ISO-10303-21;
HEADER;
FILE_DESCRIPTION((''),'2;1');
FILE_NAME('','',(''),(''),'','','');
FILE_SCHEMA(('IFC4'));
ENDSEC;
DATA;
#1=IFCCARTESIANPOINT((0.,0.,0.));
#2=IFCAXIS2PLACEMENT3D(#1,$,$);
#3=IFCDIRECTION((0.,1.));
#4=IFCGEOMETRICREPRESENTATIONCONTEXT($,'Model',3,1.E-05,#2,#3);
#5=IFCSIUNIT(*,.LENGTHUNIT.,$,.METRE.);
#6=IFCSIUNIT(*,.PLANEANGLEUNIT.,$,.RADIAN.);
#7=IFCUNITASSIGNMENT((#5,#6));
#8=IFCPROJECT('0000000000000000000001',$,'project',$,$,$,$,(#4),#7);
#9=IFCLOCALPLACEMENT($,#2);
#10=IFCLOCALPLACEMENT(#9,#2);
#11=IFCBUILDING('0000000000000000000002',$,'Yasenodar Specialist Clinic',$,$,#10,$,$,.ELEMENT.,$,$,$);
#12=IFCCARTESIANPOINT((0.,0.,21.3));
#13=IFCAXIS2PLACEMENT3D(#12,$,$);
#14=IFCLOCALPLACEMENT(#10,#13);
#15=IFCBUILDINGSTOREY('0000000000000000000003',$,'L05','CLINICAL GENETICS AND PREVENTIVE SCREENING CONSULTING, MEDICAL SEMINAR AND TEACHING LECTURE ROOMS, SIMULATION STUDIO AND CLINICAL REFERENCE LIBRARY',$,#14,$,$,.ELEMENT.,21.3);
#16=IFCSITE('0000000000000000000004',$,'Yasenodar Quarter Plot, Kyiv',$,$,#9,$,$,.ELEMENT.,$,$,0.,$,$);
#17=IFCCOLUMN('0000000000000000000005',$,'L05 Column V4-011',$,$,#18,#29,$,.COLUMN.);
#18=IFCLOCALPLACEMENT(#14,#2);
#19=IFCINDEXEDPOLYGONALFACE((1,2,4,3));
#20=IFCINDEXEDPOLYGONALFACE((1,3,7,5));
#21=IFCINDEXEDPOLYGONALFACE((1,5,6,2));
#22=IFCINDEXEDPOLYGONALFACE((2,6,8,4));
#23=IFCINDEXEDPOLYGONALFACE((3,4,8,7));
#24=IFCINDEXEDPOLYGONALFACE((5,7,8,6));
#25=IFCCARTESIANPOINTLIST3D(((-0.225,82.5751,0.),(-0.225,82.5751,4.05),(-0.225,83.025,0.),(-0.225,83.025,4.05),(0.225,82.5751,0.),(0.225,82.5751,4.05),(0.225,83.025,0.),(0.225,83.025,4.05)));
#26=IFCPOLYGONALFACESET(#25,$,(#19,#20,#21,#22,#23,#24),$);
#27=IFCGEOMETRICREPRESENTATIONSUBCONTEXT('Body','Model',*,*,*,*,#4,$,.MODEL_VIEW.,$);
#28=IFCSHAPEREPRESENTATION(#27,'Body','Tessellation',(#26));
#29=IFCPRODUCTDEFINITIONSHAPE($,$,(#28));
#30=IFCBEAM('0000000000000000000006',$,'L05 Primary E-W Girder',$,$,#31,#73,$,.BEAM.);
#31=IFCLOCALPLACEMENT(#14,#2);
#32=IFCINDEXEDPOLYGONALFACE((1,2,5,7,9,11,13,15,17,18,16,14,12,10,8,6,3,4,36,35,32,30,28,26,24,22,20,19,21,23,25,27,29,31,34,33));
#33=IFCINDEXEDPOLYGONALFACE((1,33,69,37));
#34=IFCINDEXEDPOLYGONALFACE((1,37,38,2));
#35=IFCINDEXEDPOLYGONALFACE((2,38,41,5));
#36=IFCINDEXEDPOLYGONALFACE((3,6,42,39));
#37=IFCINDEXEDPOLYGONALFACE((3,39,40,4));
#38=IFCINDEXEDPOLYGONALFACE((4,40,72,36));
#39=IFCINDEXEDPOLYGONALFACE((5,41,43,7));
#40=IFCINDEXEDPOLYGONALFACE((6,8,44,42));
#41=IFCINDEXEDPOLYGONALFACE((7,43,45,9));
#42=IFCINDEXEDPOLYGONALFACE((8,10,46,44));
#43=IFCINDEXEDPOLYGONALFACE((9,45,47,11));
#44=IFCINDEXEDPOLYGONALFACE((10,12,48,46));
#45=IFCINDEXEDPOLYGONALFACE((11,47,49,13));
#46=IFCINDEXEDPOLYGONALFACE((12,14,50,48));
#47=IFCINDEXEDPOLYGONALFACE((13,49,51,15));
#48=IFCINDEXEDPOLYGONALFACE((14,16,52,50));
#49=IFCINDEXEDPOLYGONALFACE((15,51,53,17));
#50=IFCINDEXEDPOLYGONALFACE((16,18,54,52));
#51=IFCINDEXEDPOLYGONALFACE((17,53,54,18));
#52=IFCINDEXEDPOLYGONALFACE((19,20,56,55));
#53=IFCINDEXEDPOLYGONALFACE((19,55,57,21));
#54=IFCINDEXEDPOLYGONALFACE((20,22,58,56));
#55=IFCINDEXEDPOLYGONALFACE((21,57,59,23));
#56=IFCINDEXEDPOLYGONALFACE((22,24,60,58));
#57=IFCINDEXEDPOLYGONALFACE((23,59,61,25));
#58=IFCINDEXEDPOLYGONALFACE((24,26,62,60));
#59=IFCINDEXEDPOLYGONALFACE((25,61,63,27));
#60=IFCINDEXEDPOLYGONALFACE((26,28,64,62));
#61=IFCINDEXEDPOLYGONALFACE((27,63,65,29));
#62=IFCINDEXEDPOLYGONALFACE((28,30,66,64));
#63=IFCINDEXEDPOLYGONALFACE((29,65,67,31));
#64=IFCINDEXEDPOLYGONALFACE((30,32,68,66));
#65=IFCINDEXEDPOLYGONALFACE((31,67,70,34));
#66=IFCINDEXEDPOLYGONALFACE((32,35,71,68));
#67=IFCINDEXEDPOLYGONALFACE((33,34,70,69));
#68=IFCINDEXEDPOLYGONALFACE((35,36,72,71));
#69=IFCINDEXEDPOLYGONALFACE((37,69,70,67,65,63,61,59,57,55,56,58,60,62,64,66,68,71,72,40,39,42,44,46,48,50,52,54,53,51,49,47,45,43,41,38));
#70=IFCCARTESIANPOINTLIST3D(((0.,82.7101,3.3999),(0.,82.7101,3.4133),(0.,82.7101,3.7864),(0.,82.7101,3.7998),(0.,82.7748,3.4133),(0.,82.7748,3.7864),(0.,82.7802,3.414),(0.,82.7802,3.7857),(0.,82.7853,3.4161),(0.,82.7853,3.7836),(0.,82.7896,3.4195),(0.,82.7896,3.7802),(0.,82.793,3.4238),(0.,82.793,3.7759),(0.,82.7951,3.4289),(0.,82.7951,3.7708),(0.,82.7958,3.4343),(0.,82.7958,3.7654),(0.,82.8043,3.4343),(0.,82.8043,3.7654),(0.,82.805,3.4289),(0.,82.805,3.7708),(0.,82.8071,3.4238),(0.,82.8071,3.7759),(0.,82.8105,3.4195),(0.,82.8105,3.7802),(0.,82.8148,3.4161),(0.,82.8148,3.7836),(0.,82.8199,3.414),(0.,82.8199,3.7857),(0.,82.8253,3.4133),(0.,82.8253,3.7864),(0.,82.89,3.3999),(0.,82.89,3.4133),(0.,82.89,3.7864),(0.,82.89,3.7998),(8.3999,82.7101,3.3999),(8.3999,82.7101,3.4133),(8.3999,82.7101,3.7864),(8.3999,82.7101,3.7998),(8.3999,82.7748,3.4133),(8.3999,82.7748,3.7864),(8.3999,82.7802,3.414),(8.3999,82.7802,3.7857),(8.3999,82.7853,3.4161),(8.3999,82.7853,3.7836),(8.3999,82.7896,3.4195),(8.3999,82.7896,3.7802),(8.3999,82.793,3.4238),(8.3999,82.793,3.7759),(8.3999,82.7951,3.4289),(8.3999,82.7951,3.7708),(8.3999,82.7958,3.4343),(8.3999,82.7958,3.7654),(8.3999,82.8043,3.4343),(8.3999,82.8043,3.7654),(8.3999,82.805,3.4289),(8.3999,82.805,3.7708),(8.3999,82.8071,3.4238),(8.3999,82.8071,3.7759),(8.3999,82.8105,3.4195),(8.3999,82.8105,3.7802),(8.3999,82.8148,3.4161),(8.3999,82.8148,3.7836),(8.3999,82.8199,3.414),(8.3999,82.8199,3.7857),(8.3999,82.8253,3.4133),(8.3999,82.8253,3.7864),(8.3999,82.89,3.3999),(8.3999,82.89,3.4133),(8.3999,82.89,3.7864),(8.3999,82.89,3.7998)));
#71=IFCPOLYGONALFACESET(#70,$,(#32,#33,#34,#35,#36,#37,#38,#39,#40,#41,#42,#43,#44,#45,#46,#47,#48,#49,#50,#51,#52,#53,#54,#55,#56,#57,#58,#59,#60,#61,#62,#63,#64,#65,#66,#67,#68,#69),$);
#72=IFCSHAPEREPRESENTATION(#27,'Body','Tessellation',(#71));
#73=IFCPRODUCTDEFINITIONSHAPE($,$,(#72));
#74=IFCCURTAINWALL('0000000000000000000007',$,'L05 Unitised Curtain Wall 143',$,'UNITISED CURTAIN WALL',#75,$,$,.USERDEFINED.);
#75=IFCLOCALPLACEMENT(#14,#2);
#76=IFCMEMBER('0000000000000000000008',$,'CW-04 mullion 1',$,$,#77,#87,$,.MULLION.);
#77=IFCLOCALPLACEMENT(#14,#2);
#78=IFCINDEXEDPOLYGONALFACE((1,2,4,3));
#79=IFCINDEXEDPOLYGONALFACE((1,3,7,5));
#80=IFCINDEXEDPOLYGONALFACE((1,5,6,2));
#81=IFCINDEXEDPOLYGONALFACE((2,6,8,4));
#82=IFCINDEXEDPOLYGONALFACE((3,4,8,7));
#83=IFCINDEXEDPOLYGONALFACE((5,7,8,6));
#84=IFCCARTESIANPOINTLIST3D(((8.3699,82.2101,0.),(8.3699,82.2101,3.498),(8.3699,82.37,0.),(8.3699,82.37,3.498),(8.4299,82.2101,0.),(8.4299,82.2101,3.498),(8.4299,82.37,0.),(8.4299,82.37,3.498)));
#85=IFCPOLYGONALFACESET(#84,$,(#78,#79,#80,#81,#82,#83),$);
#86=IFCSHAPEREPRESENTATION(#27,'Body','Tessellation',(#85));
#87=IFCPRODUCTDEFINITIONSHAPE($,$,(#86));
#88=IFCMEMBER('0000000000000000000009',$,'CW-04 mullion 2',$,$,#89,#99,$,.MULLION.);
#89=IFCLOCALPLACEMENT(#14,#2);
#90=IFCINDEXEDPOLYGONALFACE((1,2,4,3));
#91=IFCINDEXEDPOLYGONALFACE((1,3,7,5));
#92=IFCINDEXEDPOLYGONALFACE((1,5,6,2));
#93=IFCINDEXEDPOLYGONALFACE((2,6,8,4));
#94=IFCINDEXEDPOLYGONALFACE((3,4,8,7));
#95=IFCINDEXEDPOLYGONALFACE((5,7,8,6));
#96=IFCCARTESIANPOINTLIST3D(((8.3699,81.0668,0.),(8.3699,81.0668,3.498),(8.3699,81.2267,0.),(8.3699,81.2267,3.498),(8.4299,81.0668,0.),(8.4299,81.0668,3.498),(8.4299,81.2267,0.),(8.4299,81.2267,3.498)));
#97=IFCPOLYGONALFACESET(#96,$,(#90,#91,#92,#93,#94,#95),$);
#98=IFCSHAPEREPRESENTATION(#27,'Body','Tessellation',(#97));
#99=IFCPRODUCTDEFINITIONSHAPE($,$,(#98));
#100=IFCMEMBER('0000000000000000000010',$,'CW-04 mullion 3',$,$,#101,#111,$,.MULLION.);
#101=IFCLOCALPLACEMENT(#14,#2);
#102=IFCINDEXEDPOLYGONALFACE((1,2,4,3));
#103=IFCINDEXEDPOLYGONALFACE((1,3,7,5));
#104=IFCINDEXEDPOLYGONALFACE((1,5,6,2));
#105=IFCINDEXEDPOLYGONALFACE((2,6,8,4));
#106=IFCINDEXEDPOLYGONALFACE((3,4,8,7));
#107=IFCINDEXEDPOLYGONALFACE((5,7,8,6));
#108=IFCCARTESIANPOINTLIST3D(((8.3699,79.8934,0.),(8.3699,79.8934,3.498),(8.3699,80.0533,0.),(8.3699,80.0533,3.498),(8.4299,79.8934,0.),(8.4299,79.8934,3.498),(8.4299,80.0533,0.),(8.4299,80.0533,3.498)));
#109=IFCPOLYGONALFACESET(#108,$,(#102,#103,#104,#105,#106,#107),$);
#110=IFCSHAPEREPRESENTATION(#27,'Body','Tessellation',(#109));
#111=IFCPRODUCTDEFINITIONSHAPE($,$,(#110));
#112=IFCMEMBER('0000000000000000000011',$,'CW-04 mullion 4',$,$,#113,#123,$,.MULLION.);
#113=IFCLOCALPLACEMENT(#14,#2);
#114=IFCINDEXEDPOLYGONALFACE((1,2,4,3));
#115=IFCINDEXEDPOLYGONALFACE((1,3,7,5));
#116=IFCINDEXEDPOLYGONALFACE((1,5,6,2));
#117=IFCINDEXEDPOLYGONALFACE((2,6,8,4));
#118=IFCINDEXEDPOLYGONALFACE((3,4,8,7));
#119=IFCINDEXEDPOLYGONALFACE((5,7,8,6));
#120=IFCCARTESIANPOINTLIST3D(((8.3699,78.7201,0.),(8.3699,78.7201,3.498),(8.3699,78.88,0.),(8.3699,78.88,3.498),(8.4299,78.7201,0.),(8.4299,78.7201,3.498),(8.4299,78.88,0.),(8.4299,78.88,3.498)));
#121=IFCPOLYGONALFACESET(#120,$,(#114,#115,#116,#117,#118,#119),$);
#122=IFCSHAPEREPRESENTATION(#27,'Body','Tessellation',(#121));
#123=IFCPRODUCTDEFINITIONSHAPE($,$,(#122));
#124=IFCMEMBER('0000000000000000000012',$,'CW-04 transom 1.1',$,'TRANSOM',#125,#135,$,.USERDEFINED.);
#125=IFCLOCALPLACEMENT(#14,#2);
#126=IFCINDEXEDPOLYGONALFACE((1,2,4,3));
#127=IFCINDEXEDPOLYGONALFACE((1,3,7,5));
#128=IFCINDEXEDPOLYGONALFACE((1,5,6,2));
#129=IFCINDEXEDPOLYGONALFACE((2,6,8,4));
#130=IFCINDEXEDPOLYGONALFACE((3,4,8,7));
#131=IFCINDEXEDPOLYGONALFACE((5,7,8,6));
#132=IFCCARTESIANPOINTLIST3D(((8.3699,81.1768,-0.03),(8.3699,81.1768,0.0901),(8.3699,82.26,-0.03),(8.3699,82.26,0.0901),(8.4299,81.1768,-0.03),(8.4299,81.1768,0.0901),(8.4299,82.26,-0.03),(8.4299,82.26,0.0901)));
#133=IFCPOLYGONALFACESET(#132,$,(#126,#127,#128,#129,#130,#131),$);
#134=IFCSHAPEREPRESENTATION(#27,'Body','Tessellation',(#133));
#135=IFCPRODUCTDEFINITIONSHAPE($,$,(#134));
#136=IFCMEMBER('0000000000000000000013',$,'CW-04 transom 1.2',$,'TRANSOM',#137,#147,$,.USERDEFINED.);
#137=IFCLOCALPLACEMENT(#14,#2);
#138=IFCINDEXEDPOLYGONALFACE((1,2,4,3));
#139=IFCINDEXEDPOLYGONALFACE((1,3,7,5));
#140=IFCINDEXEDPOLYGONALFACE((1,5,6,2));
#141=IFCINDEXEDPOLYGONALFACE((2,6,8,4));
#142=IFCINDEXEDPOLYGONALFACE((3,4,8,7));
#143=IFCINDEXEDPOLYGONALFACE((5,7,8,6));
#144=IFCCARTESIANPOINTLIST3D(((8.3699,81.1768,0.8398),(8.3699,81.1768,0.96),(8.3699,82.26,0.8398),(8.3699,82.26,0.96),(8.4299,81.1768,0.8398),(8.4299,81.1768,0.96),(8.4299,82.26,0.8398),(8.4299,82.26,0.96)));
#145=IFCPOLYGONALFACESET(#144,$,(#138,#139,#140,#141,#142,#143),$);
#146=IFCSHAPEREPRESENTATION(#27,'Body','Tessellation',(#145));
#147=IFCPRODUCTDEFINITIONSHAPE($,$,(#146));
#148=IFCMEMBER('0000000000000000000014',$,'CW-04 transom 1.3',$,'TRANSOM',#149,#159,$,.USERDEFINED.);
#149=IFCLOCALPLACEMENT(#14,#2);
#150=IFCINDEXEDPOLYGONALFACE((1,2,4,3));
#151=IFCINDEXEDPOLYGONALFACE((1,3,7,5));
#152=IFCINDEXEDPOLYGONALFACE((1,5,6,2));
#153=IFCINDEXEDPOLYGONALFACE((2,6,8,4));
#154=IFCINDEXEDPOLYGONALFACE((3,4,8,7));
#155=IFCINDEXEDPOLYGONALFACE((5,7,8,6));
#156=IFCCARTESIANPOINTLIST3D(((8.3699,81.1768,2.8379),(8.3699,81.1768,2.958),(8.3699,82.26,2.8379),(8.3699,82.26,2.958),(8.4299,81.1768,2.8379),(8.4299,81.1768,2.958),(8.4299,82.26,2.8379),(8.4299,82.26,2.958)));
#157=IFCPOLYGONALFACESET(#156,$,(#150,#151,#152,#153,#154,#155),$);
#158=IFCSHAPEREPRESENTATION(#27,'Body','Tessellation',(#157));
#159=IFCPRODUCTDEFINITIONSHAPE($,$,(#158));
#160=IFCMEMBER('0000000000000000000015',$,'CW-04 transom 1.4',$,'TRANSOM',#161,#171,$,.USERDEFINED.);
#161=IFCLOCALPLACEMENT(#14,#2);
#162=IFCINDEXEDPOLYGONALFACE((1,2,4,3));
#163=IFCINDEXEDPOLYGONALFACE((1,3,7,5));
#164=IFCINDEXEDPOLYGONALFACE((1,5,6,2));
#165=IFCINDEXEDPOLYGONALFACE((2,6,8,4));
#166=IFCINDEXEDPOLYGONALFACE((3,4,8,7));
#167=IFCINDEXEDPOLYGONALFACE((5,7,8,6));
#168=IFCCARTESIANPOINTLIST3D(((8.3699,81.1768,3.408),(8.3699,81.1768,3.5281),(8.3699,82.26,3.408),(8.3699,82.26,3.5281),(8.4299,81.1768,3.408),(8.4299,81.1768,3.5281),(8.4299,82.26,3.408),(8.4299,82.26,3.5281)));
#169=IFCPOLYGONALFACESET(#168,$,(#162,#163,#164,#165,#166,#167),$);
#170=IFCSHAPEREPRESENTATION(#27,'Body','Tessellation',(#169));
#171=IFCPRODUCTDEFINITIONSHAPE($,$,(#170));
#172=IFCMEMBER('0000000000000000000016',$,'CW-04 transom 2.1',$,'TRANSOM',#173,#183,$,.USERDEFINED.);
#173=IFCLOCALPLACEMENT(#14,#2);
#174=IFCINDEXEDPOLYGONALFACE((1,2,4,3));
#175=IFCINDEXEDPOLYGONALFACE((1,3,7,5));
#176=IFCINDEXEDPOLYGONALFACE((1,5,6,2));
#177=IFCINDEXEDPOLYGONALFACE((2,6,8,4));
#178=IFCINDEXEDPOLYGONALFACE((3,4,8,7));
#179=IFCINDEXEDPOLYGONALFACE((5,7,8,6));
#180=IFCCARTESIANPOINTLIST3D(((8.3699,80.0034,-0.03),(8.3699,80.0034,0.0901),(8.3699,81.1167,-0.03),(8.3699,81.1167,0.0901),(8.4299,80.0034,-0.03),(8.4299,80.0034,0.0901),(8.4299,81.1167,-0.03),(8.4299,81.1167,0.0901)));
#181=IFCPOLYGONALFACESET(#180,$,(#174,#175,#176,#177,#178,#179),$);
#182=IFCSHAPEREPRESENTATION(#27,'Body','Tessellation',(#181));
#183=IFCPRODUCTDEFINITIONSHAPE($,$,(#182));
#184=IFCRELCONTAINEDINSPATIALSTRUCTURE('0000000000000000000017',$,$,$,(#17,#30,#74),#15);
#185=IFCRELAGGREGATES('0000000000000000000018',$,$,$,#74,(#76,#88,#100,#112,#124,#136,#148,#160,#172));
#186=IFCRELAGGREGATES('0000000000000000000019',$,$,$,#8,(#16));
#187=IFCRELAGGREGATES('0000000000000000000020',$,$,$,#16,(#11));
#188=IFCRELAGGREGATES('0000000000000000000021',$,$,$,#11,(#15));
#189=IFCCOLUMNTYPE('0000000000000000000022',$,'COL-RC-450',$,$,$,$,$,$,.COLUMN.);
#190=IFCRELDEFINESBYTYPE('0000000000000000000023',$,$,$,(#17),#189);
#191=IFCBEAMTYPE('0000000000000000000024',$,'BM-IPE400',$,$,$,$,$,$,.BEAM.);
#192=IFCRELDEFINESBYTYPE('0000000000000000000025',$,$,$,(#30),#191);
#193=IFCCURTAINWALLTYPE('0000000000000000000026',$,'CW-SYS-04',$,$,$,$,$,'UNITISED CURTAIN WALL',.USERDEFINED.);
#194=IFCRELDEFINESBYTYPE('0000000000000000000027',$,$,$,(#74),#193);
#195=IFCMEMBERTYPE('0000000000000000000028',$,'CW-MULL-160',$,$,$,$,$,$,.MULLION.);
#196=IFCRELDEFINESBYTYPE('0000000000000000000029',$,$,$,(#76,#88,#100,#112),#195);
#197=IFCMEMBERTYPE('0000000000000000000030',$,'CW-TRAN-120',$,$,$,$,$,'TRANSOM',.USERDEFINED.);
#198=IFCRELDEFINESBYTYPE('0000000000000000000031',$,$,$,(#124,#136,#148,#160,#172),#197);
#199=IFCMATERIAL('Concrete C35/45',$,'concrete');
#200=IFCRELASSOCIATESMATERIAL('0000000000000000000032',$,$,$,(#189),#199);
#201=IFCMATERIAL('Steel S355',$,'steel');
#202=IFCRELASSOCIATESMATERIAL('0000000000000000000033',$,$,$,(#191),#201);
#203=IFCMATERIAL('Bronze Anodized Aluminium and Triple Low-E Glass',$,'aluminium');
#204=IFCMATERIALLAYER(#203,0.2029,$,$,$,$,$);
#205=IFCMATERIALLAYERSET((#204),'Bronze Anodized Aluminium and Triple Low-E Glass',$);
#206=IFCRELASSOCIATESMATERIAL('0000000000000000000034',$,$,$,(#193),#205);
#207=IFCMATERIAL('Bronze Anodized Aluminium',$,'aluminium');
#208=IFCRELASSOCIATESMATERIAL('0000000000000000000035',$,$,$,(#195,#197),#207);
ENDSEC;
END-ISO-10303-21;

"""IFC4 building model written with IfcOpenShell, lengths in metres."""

from ifc_helpers import new_model, si_unit, direction, frame, origin, origin_2d, place, context, subcontext, project, spatial, rectangle, i_section, extrude, material, layer, layer_set, material_profile, profile_set, type_object, element, aggregate, save


model = new_model("IFC4")

# Units and contexts
model_context = context("Model", 3, precision=1e-05, world=origin(), true_north=direction((0.0, 1.0)))
body_context = subcontext(model_context, "Body", "Model", "MODEL_VIEW")
ifc_project = project(units=[si_unit("LENGTHUNIT", "METRE"), si_unit("PLANEANGLEUNIT", "RADIAN")], contexts=[model_context])

# Site, building, storey
site_placement = place(None, origin())
site = spatial("IfcSite", under=ifc_project, at=site_placement, Name="Yasenodar Quarter Plot, Kyiv", CompositionType="ELEMENT", RefElevation=0.0)
building_placement = place(site_placement, origin())
building = spatial("IfcBuilding", under=site, at=building_placement, Name="Yasenodar Specialist Clinic", CompositionType="ELEMENT")
storey_placement = place(building_placement, frame((0.0, 0.0, 21.3)))
storey = spatial("IfcBuildingStorey", under=building, at=storey_placement, Name="L05", Description="CLINICAL GENETICS AND PREVENTIVE SCREENING CONSULTING, MEDICAL SEMINAR AND TEACHING LECTURE ROOMS, SIMULATION STUDIO AND CLINICAL REFERENCE LIBRARY", CompositionType="ELEMENT", Elevation=21.3)

# Column
ifc_material_1 = material(Name="Concrete C35/45", Category="concrete")
ifc_material_profile_1 = material_profile(ifc_material_1, rectangle(XDim=0.45, YDim=0.45, at=origin_2d()), Name="RC 450x450")
ifc_profile_set_1 = profile_set([ifc_material_profile_1], Name="Concrete C35/45")
column_type = type_object("IfcColumnType", Name="COL-RC-450", PredefinedType="COLUMN", material=ifc_profile_set_1)
column_placement = place(storey_placement, frame((0.0, 82.8, 0.0), z_axis=(0.0, 0.0, 1.0), x_axis=(1.0, 0.0, 0.0)))
element("IfcColumn", 1, at=column_placement, inside=storey, type_object=column_type, Name="L05 Column V4-011", PredefinedType="COLUMN", context=body_context, shape_type="SweptSolid", body=[
    extrude(rectangle(XDim=0.45, YDim=0.45, at=origin_2d()), origin(), (0.0, 0.0, 1.0), 4.05),
])

# Beam
ifc_material_2 = material(Name="Steel S355", Category="steel")
ifc_material_profile_2 = material_profile(ifc_material_2, i_section(OverallWidth=0.1799, OverallDepth=0.3999, WebThickness=0.0085, FlangeThickness=0.0134, FilletRadius=0.021, at=origin_2d()), Name="IPE 400")
ifc_profile_set_2 = profile_set([ifc_material_profile_2], Name="Steel S355")
beam_type_1 = type_object("IfcBeamType", Name="BM-IPE400", PredefinedType="BEAM", material=ifc_profile_set_2)
beam_1_placement = place(storey_placement, frame((0.0, 82.8, 3.5999), z_axis=(1.0, 0.0, 0.0), x_axis=(0.0, 1.0, 0.0)))
element("IfcBeam", 2, at=beam_1_placement, inside=storey, type_object=beam_type_1, Name="L05 Primary E-W Girder", PredefinedType="BEAM", context=body_context, shape_type="SweptSolid", body=[
    extrude(i_section(OverallWidth=0.1799, OverallDepth=0.3999, WebThickness=0.0085, FlangeThickness=0.0134, FilletRadius=0.021, at=origin_2d()), origin(), (0.0, 0.0, 1.0), 8.3999),
])

# Curtain wall, members
ifc_material_3 = material(Name="Bronze Anodized Aluminium and Triple Low-E Glass", Category="aluminium")
ifc_layer_1 = layer(ifc_material_3, 0.2029)
ifc_layer_set_1 = layer_set([ifc_layer_1], Name="Bronze Anodized Aluminium and Triple Low-E Glass")
curtain_wall_type = type_object("IfcCurtainWallType", Name="CW-SYS-04", ElementType="UNITISED CURTAIN WALL", PredefinedType="USERDEFINED", material=ifc_layer_set_1)
curtain_wall_placement = place(storey_placement, origin())
curtain_wall = element("IfcCurtainWall", 3, at=curtain_wall_placement, inside=storey, type_object=curtain_wall_type, Name="L05 Unitised Curtain Wall 143", ObjectType="UNITISED CURTAIN WALL", PredefinedType="USERDEFINED")
ifc_material_4 = material(Name="Bronze Anodized Aluminium", Category="aluminium")
ifc_material_profile_3 = material_profile(ifc_material_4, rectangle(XDim=0.0601, YDim=0.1599, at=origin_2d()), Name="CW-MULL 60x160")
ifc_profile_set_3 = profile_set([ifc_material_profile_3], Name="Bronze Anodized Aluminium")
member_type_1 = type_object("IfcMemberType", Name="CW-MULL-160", PredefinedType="MULLION", material=ifc_profile_set_3)
member_1_placement = place(storey_placement, frame((8.3999, 82.29, 0.0), z_axis=(0.0, 0.0, 1.0), x_axis=(1.0, 0.0, 0.0)))
member_1 = element("IfcMember", 4, at=member_1_placement, type_object=member_type_1, Name="CW-04 mullion 1", PredefinedType="MULLION", context=body_context, shape_type="SweptSolid", body=[
    extrude(rectangle(XDim=0.0601, YDim=0.1599, at=origin_2d()), origin(), (0.0, 0.0, 1.0), 3.498),
])
member_2_placement = place(storey_placement, frame((8.3999, 81.1467, 0.0), z_axis=(0.0, 0.0, 1.0), x_axis=(1.0, 0.0, 0.0)))
member_2 = element("IfcMember", 5, at=member_2_placement, type_object=member_type_1, Name="CW-04 mullion 2", PredefinedType="MULLION", context=body_context, shape_type="SweptSolid", body=[
    extrude(rectangle(XDim=0.0601, YDim=0.1599, at=origin_2d()), origin(), (0.0, 0.0, 1.0), 3.498),
])
member_3_placement = place(storey_placement, frame((8.3999, 79.9734, 0.0), z_axis=(0.0, 0.0, 1.0), x_axis=(1.0, 0.0, 0.0)))
member_3 = element("IfcMember", 6, at=member_3_placement, type_object=member_type_1, Name="CW-04 mullion 3", PredefinedType="MULLION", context=body_context, shape_type="SweptSolid", body=[
    extrude(rectangle(XDim=0.0601, YDim=0.1599, at=origin_2d()), origin(), (0.0, 0.0, 1.0), 3.498),
])
member_4_placement = place(storey_placement, frame((8.3999, 78.8, 0.0), z_axis=(0.0, 0.0, 1.0), x_axis=(1.0, 0.0, 0.0)))
member_4 = element("IfcMember", 7, at=member_4_placement, type_object=member_type_1, Name="CW-04 mullion 4", PredefinedType="MULLION", context=body_context, shape_type="SweptSolid", body=[
    extrude(rectangle(XDim=0.0601, YDim=0.1599, at=origin_2d()), origin(), (0.0, 0.0, 1.0), 3.498),
])
ifc_material_profile_4 = material_profile(ifc_material_4, rectangle(XDim=0.0601, YDim=0.1201, at=origin_2d()), Name="CW-TRAN 60x120")
ifc_profile_set_4 = profile_set([ifc_material_profile_4], Name="Bronze Anodized Aluminium")
member_type_2 = type_object("IfcMemberType", Name="CW-TRAN-120", ElementType="TRANSOM", PredefinedType="USERDEFINED", material=ifc_profile_set_4)
member_5_placement = place(storey_placement, frame((8.3999, 82.26, 0.03), z_axis=(0.0, -1.0, 0.0), x_axis=(1.0, 0.0, 0.0)))
member_5 = element("IfcMember", 8, at=member_5_placement, type_object=member_type_2, Name="CW-04 transom 1.1", ObjectType="TRANSOM", PredefinedType="USERDEFINED", context=body_context, shape_type="SweptSolid", body=[
    extrude(rectangle(XDim=0.0601, YDim=0.1201, at=origin_2d()), origin(), (0.0, 0.0, 1.0), 1.0833),
])
member_6_placement = place(storey_placement, frame((8.3999, 82.26, 0.8999), z_axis=(0.0, -1.0, 0.0), x_axis=(1.0, 0.0, 0.0)))
member_6 = element("IfcMember", 9, at=member_6_placement, type_object=member_type_2, Name="CW-04 transom 1.2", ObjectType="TRANSOM", PredefinedType="USERDEFINED", context=body_context, shape_type="SweptSolid", body=[
    extrude(rectangle(XDim=0.0601, YDim=0.1201, at=origin_2d()), origin(), (0.0, 0.0, 1.0), 1.0833),
])
member_7_placement = place(storey_placement, frame((8.3999, 82.26, 2.8979), z_axis=(0.0, -1.0, 0.0), x_axis=(1.0, 0.0, 0.0)))
member_7 = element("IfcMember", 10, at=member_7_placement, type_object=member_type_2, Name="CW-04 transom 1.3", ObjectType="TRANSOM", PredefinedType="USERDEFINED", context=body_context, shape_type="SweptSolid", body=[
    extrude(rectangle(XDim=0.0601, YDim=0.1201, at=origin_2d()), origin(), (0.0, 0.0, 1.0), 1.0833),
])
member_8_placement = place(storey_placement, frame((8.3999, 82.26, 3.468), z_axis=(0.0, -1.0, 0.0), x_axis=(1.0, 0.0, 0.0)))
member_8 = element("IfcMember", 11, at=member_8_placement, type_object=member_type_2, Name="CW-04 transom 1.4", ObjectType="TRANSOM", PredefinedType="USERDEFINED", context=body_context, shape_type="SweptSolid", body=[
    extrude(rectangle(XDim=0.0601, YDim=0.1201, at=origin_2d()), origin(), (0.0, 0.0, 1.0), 1.0833),
])
member_9_placement = place(storey_placement, frame((8.3999, 81.1167, 0.03), z_axis=(0.0, -1.0, 0.0), x_axis=(1.0, 0.0, 0.0)))
member_9 = element("IfcMember", 12, at=member_9_placement, type_object=member_type_2, Name="CW-04 transom 2.1", ObjectType="TRANSOM", PredefinedType="USERDEFINED", context=body_context, shape_type="SweptSolid", body=[
    extrude(rectangle(XDim=0.0601, YDim=0.1201, at=origin_2d()), origin(), (0.0, 0.0, 1.0), 1.1133),
])

aggregate(curtain_wall, [member_1, member_2, member_3, member_4, member_5, member_6, member_7, member_8, member_9])

save(model, "model.ifc")
